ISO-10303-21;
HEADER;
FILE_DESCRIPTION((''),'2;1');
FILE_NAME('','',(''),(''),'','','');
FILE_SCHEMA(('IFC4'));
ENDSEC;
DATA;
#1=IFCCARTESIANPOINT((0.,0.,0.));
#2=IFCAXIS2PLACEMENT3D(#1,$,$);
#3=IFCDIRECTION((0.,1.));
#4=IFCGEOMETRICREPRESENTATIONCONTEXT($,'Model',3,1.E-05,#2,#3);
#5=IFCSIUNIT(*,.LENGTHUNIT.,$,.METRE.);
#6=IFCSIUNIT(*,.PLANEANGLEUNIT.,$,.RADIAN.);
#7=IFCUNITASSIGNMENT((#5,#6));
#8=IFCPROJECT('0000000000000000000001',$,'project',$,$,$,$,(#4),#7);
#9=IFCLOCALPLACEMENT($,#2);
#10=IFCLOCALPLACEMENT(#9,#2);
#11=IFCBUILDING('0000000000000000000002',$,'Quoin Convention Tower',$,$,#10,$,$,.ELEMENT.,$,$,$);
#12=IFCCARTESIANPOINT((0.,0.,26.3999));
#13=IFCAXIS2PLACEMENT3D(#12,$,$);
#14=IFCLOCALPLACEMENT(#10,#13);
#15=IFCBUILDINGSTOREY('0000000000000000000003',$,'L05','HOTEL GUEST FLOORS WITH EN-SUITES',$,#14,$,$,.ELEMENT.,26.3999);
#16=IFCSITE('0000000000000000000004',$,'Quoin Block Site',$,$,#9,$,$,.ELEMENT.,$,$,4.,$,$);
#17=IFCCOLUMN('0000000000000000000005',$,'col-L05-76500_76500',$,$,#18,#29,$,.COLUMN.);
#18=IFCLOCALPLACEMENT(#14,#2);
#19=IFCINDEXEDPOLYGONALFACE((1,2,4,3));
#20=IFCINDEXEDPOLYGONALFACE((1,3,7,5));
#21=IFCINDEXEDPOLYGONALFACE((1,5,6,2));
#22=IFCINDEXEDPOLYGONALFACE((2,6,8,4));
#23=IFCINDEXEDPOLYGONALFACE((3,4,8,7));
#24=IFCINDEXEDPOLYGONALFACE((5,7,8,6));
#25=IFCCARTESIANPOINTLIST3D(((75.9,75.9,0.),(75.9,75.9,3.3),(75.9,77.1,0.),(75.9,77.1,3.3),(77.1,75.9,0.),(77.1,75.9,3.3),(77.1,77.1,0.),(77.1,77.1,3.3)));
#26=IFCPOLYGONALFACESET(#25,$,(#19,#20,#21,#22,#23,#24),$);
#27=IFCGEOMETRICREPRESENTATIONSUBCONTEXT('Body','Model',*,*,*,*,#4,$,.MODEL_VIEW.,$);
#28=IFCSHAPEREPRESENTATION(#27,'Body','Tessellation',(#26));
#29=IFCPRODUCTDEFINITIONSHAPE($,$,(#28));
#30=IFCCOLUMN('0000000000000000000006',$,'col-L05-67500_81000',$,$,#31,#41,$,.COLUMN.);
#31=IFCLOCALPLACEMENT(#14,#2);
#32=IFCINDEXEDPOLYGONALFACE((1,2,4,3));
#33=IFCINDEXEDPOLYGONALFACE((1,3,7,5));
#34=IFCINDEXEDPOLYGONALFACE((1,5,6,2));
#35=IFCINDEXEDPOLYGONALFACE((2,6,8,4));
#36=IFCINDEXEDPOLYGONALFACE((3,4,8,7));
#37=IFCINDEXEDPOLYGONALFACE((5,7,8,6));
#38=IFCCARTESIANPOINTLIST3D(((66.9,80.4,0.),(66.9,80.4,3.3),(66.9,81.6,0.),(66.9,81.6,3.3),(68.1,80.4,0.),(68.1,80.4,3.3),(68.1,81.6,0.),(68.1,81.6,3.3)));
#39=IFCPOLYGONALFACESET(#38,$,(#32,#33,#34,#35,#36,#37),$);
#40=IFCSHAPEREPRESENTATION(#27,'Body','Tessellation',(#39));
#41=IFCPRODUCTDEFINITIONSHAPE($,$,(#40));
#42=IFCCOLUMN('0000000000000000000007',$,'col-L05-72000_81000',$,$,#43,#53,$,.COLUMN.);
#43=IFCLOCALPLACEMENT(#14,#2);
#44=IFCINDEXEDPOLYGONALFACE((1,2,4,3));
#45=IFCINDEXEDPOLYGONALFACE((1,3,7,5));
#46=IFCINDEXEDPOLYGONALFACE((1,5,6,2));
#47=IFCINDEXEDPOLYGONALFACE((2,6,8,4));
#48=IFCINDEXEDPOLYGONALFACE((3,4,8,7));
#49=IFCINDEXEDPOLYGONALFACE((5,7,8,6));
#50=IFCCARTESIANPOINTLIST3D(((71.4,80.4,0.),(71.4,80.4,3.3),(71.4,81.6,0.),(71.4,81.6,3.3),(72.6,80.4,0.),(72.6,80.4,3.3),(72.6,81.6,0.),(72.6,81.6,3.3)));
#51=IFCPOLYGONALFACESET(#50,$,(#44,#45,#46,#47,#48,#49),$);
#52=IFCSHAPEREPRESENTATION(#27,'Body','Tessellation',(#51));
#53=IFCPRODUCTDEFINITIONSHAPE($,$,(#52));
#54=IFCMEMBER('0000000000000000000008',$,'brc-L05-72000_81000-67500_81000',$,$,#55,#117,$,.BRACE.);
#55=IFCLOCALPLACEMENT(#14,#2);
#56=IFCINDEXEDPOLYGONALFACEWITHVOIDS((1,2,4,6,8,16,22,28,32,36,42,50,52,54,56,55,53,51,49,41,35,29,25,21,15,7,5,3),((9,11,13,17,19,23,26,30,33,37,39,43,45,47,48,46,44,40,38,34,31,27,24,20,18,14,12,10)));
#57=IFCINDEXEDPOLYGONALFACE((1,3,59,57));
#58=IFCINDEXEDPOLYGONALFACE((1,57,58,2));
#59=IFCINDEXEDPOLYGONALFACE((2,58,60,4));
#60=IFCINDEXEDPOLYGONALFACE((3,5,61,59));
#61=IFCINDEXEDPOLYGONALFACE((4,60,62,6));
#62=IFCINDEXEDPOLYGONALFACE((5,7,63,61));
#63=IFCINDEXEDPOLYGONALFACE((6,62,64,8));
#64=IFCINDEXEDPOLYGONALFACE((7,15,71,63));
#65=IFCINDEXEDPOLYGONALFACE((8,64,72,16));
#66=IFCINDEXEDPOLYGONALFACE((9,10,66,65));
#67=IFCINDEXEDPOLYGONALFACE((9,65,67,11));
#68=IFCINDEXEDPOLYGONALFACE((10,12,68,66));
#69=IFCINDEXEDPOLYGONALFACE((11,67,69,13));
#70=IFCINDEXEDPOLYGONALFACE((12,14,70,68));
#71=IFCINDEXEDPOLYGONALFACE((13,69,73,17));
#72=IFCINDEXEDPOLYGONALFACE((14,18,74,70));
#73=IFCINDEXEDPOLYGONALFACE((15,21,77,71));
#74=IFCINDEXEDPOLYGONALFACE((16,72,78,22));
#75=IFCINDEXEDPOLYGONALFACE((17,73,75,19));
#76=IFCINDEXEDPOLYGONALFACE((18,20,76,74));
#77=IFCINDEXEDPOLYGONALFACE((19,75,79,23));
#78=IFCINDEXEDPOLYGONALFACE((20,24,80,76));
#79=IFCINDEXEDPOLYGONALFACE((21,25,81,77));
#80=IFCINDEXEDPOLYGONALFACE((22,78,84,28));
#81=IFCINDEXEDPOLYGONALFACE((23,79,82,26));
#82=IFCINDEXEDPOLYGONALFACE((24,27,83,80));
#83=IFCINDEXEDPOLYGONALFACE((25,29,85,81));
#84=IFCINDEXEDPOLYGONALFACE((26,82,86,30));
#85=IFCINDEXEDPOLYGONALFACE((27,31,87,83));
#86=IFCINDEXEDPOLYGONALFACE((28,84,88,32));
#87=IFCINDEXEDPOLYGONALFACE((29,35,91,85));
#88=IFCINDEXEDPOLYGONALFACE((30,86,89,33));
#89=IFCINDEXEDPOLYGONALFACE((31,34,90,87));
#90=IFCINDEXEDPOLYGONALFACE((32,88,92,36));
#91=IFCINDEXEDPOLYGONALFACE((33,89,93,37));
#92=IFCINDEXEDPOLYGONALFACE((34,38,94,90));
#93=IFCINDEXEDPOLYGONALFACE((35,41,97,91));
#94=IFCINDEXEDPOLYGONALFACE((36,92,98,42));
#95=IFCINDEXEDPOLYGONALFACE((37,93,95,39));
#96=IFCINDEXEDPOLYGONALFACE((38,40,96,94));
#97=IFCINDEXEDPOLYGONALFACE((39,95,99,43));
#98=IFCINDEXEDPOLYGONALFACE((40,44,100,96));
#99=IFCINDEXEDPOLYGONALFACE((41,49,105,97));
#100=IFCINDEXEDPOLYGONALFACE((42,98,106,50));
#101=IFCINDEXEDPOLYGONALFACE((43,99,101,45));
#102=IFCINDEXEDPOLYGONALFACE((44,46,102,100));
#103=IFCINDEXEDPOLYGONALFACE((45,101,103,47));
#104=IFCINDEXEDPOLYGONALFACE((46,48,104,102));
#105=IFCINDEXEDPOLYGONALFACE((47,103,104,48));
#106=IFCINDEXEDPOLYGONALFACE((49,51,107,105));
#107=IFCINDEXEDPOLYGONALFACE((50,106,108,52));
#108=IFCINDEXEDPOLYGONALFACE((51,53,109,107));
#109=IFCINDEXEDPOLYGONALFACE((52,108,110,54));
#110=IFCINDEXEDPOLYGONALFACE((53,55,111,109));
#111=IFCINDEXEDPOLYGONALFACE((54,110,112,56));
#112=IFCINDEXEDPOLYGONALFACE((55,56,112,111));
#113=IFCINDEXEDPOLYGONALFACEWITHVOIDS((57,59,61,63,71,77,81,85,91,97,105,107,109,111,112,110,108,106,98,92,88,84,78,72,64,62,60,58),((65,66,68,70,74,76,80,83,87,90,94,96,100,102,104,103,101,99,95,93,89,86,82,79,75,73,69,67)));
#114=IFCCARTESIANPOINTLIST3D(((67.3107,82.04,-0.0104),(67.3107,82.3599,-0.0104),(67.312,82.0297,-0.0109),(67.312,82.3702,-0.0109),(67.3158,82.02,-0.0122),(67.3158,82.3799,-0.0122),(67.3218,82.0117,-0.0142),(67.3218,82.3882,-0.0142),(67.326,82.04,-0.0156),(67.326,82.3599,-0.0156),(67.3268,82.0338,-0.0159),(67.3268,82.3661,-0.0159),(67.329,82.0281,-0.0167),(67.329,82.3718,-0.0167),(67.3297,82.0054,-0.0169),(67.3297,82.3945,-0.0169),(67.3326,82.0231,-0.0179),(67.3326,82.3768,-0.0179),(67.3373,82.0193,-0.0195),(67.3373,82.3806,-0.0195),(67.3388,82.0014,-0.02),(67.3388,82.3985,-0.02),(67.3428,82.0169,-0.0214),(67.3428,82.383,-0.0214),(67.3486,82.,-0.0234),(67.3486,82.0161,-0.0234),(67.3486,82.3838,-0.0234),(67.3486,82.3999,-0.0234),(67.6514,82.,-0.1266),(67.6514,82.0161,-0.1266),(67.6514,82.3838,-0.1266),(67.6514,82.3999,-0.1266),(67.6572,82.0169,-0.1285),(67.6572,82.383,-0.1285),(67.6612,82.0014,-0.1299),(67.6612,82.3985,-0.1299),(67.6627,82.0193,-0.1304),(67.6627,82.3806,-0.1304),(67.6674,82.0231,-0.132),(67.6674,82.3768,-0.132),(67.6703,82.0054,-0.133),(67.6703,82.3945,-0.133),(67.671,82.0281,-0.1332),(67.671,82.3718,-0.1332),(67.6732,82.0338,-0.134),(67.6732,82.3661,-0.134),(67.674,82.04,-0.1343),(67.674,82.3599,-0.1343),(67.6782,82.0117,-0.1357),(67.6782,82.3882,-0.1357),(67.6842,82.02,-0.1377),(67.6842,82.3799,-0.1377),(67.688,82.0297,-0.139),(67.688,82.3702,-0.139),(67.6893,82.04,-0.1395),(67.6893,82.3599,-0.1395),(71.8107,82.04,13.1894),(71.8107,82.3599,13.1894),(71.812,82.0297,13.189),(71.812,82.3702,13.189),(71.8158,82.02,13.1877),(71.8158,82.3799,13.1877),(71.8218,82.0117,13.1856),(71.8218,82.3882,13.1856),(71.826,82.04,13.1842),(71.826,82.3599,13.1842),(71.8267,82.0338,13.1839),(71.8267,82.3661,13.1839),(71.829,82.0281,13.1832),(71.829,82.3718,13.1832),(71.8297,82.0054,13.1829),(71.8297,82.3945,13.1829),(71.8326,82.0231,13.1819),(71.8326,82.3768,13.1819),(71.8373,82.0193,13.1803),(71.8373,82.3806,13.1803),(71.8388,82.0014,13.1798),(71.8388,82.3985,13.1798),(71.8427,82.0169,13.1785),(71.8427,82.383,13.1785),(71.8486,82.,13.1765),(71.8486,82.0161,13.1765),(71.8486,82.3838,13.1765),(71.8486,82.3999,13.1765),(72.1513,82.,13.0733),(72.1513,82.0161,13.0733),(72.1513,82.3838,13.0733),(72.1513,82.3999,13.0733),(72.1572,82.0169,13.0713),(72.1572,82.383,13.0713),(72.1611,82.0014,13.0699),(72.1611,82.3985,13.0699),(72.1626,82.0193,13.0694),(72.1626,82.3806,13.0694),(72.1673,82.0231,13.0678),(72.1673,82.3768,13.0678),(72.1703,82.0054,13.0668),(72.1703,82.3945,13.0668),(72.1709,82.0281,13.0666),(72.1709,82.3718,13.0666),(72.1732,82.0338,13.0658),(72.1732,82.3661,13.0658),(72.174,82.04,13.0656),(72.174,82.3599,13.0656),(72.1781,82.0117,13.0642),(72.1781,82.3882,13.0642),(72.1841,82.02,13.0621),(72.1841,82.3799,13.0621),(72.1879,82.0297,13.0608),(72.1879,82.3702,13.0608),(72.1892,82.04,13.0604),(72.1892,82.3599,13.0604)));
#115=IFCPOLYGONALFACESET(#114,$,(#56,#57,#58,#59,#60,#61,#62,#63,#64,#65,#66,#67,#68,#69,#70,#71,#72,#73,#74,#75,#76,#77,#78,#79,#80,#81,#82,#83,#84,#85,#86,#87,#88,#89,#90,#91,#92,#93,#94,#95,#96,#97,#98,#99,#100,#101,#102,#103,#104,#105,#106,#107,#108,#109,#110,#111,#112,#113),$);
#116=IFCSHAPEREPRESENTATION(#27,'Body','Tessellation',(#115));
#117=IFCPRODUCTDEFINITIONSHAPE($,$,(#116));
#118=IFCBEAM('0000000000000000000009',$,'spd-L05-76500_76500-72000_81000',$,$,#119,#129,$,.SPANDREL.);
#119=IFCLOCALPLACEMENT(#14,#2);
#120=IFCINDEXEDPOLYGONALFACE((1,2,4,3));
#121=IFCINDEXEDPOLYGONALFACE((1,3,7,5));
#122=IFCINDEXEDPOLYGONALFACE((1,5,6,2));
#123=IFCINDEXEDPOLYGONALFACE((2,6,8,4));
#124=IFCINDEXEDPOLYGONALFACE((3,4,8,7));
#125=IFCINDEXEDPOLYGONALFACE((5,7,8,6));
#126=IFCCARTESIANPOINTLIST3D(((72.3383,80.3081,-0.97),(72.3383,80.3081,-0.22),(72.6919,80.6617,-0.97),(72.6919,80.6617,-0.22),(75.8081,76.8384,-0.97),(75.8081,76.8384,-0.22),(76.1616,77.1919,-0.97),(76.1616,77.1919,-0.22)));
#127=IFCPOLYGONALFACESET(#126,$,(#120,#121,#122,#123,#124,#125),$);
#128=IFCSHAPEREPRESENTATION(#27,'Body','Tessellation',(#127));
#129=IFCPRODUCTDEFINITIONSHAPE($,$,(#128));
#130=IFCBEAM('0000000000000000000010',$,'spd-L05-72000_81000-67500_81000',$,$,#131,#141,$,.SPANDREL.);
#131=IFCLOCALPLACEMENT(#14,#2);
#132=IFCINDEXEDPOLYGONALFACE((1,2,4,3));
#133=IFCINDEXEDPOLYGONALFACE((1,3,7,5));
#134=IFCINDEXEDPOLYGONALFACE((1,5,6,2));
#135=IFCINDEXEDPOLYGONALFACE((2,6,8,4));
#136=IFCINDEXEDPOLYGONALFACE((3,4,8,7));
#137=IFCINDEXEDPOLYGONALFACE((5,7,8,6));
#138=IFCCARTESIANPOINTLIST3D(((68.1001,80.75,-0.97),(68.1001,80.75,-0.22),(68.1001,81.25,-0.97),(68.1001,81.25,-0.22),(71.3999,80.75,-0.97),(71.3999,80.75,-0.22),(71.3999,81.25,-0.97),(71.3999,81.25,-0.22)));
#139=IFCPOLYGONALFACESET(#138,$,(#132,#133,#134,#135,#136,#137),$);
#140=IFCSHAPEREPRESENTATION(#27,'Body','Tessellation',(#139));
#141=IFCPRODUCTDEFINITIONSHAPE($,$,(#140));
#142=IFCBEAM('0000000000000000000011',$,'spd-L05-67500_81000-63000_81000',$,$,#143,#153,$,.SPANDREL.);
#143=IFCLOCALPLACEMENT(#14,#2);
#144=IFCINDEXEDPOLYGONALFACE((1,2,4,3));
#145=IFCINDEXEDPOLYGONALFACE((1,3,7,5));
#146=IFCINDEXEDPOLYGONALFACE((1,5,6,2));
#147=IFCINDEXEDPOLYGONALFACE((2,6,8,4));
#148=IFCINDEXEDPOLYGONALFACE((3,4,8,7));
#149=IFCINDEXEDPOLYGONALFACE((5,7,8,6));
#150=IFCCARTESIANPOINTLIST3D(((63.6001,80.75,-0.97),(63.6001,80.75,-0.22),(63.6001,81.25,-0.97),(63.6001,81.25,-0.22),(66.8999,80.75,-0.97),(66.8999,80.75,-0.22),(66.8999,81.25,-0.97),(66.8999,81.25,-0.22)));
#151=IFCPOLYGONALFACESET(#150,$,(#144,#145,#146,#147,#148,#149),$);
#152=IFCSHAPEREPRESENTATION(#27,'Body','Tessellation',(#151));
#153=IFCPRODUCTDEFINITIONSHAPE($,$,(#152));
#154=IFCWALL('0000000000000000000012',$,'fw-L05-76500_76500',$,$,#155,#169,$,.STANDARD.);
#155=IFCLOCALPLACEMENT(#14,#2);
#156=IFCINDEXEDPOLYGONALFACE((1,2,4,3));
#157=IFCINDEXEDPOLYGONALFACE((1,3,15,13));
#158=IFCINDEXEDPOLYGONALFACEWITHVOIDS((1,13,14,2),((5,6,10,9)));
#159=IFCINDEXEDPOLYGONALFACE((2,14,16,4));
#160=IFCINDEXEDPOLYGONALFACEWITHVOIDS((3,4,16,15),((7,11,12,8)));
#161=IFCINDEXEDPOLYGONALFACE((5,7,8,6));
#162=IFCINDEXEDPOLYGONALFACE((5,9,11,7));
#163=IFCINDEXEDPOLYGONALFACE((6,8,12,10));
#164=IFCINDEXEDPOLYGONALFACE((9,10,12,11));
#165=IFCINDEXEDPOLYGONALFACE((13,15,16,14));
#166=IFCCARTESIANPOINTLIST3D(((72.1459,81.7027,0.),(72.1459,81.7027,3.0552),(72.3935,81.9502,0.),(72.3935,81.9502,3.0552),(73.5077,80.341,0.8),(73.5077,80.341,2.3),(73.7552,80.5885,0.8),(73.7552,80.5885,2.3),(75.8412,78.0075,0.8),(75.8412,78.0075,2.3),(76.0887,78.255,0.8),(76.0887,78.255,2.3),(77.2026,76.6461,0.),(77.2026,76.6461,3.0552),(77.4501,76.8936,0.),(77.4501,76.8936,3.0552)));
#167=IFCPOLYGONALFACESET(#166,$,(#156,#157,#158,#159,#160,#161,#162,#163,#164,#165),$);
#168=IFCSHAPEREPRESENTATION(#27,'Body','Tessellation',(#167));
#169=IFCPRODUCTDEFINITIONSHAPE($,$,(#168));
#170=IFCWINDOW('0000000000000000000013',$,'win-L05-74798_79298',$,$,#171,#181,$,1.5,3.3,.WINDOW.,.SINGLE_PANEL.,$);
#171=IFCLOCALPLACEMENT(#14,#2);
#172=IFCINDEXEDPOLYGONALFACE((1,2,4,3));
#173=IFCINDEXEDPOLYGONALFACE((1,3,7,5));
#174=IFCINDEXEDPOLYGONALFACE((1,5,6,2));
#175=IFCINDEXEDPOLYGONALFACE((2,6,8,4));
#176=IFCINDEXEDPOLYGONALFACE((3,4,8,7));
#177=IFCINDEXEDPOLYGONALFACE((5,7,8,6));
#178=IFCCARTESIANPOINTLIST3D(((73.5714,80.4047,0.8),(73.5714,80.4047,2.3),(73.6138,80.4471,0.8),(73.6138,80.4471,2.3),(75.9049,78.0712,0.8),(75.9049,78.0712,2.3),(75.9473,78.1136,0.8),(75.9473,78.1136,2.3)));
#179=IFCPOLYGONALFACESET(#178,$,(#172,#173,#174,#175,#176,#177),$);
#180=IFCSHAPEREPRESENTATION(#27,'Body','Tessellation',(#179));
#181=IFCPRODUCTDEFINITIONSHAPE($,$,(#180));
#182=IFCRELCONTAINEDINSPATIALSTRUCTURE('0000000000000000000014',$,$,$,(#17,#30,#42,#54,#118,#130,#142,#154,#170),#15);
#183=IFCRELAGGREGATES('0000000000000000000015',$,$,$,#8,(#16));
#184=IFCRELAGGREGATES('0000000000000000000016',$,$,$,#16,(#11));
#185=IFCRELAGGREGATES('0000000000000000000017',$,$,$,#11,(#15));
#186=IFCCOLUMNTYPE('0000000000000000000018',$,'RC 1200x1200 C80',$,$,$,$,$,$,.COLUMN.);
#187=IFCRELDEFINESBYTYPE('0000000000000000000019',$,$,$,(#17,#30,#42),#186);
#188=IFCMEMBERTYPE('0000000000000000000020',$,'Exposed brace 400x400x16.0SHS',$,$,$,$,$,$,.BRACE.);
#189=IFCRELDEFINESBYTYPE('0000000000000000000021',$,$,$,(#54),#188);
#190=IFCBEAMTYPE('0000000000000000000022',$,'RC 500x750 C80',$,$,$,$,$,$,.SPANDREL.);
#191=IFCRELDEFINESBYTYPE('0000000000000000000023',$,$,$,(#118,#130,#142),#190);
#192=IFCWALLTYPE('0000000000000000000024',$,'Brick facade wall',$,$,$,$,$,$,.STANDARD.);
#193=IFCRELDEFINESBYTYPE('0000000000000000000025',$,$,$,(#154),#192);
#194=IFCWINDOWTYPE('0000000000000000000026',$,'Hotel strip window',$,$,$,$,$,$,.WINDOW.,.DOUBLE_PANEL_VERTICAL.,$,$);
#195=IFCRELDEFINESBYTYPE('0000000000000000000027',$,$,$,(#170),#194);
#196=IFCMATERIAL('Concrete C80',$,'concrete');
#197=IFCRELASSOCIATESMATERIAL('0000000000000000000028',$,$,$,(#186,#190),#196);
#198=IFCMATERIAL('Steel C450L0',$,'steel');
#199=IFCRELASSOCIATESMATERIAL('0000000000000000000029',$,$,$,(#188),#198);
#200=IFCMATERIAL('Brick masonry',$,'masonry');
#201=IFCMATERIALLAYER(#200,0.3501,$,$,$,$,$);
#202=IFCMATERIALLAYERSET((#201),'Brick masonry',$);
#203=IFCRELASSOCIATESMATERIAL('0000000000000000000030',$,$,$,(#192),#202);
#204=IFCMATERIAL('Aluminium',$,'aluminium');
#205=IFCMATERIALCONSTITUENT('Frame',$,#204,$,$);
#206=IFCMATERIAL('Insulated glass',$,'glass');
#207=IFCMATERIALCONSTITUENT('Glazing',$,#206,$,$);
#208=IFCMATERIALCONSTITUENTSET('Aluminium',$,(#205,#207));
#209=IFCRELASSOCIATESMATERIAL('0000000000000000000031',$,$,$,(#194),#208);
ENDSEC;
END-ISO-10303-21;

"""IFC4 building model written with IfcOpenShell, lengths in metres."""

from ifc_helpers import new_model, si_unit, direction, frame, frame_2d, origin, origin_2d, place, context, subcontext, project, spatial, rectangle, hollow_rectangle, extrude, material, layer, layer_set, constituent, constituent_set, material_profile, profile_set, type_object, element, fill, save


model = new_model("IFC4")

# Units and contexts
model_context = context("Model", 3, precision=1e-05, world=origin(), true_north=direction((0.0, 1.0)))
body_context = subcontext(model_context, "Body", "Model", "MODEL_VIEW")
ifc_project = project(units=[si_unit("LENGTHUNIT", "METRE"), si_unit("PLANEANGLEUNIT", "RADIAN")], contexts=[model_context])

# Site, building, storey
site_placement = place(None, origin())
site = spatial("IfcSite", under=ifc_project, at=site_placement, Name="Quoin Block Site", CompositionType="ELEMENT", RefElevation=4.0)
building_placement = place(site_placement, origin())
building = spatial("IfcBuilding", under=site, at=building_placement, Name="Quoin Convention Tower", CompositionType="ELEMENT")
storey_placement = place(building_placement, frame((0.0, 0.0, 26.3999)))
storey = spatial("IfcBuildingStorey", under=building, at=storey_placement, Name="L05", Description="HOTEL GUEST FLOORS WITH EN-SUITES", CompositionType="ELEMENT", Elevation=26.3999)

# Columns
ifc_material_1 = material(Name="Concrete C80", Category="concrete")
ifc_material_profile_1 = material_profile(ifc_material_1, rectangle(XDim=1.2, YDim=1.2, at=origin_2d()), Name="RC 1200x1200")
ifc_profile_set_1 = profile_set([ifc_material_profile_1], Name="Concrete C80")
column_type = type_object("IfcColumnType", Name="RC 1200x1200 C80", PredefinedType="COLUMN", material=ifc_profile_set_1)
for number, where, z_axis, x_axis, name in (
    (1, (76.5, 76.5, 0.0), (0.0, 0.0, 1.0), (1.0, 0.0, 0.0), "col-L05-76500_76500"),
    (2, (67.5, 81.0, 0.0), (0.0, 0.0, 1.0), (1.0, 0.0, 0.0), "col-L05-67500_81000"),
    (3, (72.0, 81.0, 0.0), (0.0, 0.0, 1.0), (1.0, 0.0, 0.0), "col-L05-72000_81000"),
):
    element("IfcColumn", number, at=place(storey_placement, frame(where, z_axis=z_axis, x_axis=x_axis)), inside=storey, type_object=column_type, Name=name, PredefinedType="COLUMN", context=body_context, shape_type="SweptSolid", body=[
        extrude(rectangle(XDim=1.2, YDim=1.2, at=origin_2d()), origin(), (0.0, 0.0, 1.0), 3.3),
    ])

# Member
ifc_material_2 = material(Name="Steel C450L0", Category="steel")
ifc_material_profile_2 = material_profile(ifc_material_2, hollow_rectangle(XDim=0.3999, YDim=0.3999, WallThickness=0.0161, InnerFilletRadius=0.0239, OuterFilletRadius=0.04, at=origin_2d()), Name="400x400x16.0SHS")
ifc_profile_set_2 = profile_set([ifc_material_profile_2], Name="Steel C450L0")
member_type = type_object("IfcMemberType", Name="Exposed brace 400x400x16.0SHS", PredefinedType="BRACE", material=ifc_profile_set_2)
member_placement = place(storey_placement, frame((67.5, 82.2, -0.075), z_axis=(0.322675, 0.0, 0.94651), x_axis=(0.0, 1.0, 0.0)))
element("IfcMember", 4, at=member_placement, inside=storey, type_object=member_type, Name="brc-L05-72000_81000-67500_81000", PredefinedType="BRACE", context=body_context, shape_type="SweptSolid", body=[
    extrude(hollow_rectangle(XDim=0.3999, YDim=0.3999, WallThickness=0.0161, InnerFilletRadius=0.0239, OuterFilletRadius=0.04, at=origin_2d()), origin(), (0.0, 0.0, 1.0), 13.9458),
])

# Beams
ifc_material_profile_3 = material_profile(ifc_material_1, rectangle(XDim=0.5, YDim=0.75, at=origin_2d()), Name="RC 500x750")
ifc_profile_set_3 = profile_set([ifc_material_profile_3], Name="Concrete C80")
beam_type = type_object("IfcBeamType", Name="RC 500x750 C80", PredefinedType="SPANDREL", material=ifc_profile_set_3)
beam_placement = place(storey_placement, frame((75.9849, 77.0151, -0.595), z_axis=(-0.707107, 0.707107, 0.0), x_axis=(-0.707107, -0.707107, 0.0)))
element("IfcBeam", 5, at=beam_placement, inside=storey, type_object=beam_type, Name="spd-L05-76500_76500-72000_81000", PredefinedType="SPANDREL", context=body_context, shape_type="SweptSolid", body=[
    extrude(rectangle(XDim=0.5, YDim=0.75, at=origin_2d()), origin(), (0.0, 0.0, 1.0), 4.907),
])
for number, where, z_axis, x_axis, name in (
    (6, (71.3999, 81.0, -0.595), (-1.0, 0.0, 0.0), (0.0, -1.0, 0.0), "spd-L05-72000_81000-67500_81000"),
    (7, (66.8999, 81.0, -0.595), (-1.0, 0.0, 0.0), (0.0, -1.0, 0.0), "spd-L05-67500_81000-63000_81000"),
):
    element("IfcBeam", number, at=place(storey_placement, frame(where, z_axis=z_axis, x_axis=x_axis)), inside=storey, type_object=beam_type, Name=name, PredefinedType="SPANDREL", context=body_context, shape_type="SweptSolid", body=[
        extrude(rectangle(XDim=0.5, YDim=0.75, at=origin_2d()), origin(), (0.0, 0.0, 1.0), 3.2998),
    ])

# Wall, opening, window
ifc_material_3 = material(Name="Brick masonry", Category="masonry")
ifc_layer_1 = layer(ifc_material_3, 0.3501)
ifc_layer_set_1 = layer_set([ifc_layer_1], Name="Brick masonry")
wall_type_1 = type_object("IfcWallType", Name="Brick facade wall", PredefinedType="STANDARD", material=ifc_layer_set_1)
wall_1_placement = place(storey_placement, frame((77.3264, 76.7698, 0.0), z_axis=(0.0, 0.0, 1.0), x_axis=(-0.707107, 0.707107, 0.0)))
wall_1 = element("IfcWall", 8, at=wall_1_placement, inside=storey, type_object=wall_type_1, Name="fw-L05-76500_76500", PredefinedType="STANDARD", context=body_context, shape_type="SweptSolid", body=[
    extrude(rectangle(XDim=7.1511, YDim=0.3501, at=frame_2d((3.5757, 0.0))), origin(), (0.0, 0.0, 1.0), 3.0552),
])
opening_1_placement = place(wall_1_placement, frame((1.9255, 0.0, 0.8)))
opening_1 = element("IfcOpeningElement", 9, at=opening_1_placement, cuts=wall_1, PredefinedType="OPENING", context=body_context, shape_type="SweptSolid", body=[
    extrude(rectangle(XDim=3.3, YDim=1.5, at=frame_2d((1.6499, 0.75))), frame((0.0, 0.1851, 0.0), z_axis=(0.0, -1.0, 0.0), x_axis=(1.0, 0.0, 0.0)), (0.0, 0.0, 1.0), 0.3701),
])
ifc_material_4 = material(Name="Aluminium", Category="aluminium")
ifc_constituent_1 = constituent(ifc_material_4, Name="Frame")
ifc_material_5 = material(Name="Insulated glass", Category="glass")
ifc_constituent_2 = constituent(ifc_material_5, Name="Glazing")
ifc_constituent_set = constituent_set(constituents=[ifc_constituent_1, ifc_constituent_2], Name="Aluminium")
window_type = type_object("IfcWindowType", Name="Hotel strip window", PartitioningType="DOUBLE_PANEL_VERTICAL", PredefinedType="WINDOW", material=ifc_constituent_set)
window_1_placement = place(opening_1_placement, origin())
window_1 = element("IfcWindow", 10, at=window_1_placement, inside=storey, type_object=window_type, Name="win-L05-74798_79298", OverallHeight=1.5, OverallWidth=3.3, PartitioningType="SINGLE_PANEL", PredefinedType="WINDOW", context=body_context, shape_type="SweptSolid", body=[
    extrude(rectangle(XDim=3.3, YDim=1.5, at=frame_2d((1.6499, 0.75))), frame((0.0, 0.085, 0.0), z_axis=(0.0, -1.0, 0.0), x_axis=(1.0, 0.0, 0.0)), (0.0, 0.0, 1.0), 0.0601),
])
fill(opening_1, window_1)

save(model, "model.ifc")
